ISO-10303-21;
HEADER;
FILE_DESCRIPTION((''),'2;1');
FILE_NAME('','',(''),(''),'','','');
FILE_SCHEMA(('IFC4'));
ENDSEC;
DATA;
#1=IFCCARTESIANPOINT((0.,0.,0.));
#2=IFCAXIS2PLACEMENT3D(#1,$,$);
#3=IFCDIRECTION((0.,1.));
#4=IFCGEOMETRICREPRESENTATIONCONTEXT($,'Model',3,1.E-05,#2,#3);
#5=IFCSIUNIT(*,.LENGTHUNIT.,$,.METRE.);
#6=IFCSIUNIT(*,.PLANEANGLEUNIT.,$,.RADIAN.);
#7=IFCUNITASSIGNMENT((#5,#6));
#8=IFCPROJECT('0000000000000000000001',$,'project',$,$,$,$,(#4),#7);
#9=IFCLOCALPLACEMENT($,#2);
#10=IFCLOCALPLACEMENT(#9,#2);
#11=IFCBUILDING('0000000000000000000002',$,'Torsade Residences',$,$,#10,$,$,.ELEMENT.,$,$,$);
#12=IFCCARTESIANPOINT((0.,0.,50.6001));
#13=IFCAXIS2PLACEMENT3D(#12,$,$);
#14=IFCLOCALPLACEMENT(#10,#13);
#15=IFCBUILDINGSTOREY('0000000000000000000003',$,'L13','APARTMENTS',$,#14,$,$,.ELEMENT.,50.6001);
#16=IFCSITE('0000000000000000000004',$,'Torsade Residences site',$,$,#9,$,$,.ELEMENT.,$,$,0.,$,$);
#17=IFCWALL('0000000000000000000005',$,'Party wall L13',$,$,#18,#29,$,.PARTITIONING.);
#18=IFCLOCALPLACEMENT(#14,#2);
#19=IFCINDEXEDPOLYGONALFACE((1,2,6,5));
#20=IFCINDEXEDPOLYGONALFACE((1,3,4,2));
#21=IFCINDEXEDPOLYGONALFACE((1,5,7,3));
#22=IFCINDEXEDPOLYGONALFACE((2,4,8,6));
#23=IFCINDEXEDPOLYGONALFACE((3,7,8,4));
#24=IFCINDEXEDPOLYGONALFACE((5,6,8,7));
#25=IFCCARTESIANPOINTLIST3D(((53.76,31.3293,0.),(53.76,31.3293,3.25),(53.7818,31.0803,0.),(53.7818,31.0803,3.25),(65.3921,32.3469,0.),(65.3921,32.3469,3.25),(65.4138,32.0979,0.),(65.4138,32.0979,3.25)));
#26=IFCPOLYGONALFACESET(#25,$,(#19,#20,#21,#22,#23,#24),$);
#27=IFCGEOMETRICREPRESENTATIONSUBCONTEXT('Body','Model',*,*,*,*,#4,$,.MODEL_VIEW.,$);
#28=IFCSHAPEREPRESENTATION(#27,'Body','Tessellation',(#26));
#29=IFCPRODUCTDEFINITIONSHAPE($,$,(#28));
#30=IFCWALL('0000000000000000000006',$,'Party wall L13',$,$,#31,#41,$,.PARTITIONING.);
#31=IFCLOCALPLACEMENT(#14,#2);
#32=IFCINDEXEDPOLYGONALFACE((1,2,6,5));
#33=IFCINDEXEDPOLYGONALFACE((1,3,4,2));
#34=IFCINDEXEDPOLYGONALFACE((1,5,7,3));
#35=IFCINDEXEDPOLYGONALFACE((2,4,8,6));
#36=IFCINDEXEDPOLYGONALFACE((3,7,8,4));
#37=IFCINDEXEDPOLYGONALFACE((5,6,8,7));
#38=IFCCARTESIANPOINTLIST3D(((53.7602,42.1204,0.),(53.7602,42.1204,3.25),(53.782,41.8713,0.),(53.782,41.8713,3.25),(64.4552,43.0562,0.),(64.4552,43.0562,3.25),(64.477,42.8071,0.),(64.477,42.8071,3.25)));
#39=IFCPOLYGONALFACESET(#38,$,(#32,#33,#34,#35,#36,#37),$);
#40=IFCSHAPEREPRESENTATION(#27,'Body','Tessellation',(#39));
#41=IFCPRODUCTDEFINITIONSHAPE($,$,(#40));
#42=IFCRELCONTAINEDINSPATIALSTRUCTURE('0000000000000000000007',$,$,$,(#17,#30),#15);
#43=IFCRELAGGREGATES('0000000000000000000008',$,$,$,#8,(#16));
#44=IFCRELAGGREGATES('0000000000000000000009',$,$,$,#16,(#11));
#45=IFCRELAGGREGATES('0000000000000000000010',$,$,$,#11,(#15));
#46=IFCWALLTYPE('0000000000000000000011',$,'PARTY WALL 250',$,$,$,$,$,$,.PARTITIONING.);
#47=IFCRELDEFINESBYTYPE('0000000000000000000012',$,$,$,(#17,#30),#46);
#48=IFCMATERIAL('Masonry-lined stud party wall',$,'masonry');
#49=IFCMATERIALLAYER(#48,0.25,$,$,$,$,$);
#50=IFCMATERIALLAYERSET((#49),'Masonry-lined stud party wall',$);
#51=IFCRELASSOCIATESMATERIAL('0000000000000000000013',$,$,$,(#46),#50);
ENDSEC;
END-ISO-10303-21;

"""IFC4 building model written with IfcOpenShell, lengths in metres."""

from ifc_helpers import new_model, si_unit, direction, frame, frame_2d, origin, place, context, subcontext, project, spatial, rectangle, extrude, material, layer, layer_set, type_object, element, save


model = new_model("IFC4")

# Units and contexts
model_context = context("Model", 3, precision=1e-05, world=origin(), true_north=direction((0.0, 1.0)))
body_context = subcontext(model_context, "Body", "Model", "MODEL_VIEW")
ifc_project = project(units=[si_unit("LENGTHUNIT", "METRE"), si_unit("PLANEANGLEUNIT", "RADIAN")], contexts=[model_context])

# Site, building, storey
site_placement = place(None, origin())
site = spatial("IfcSite", under=ifc_project, at=site_placement, Name="Torsade Residences site", CompositionType="ELEMENT", RefElevation=0.0)
building_placement = place(site_placement, origin())
building = spatial("IfcBuilding", under=site, at=building_placement, Name="Torsade Residences", CompositionType="ELEMENT")
storey_placement = place(building_placement, frame((0.0, 0.0, 50.6001)))
storey = spatial("IfcBuildingStorey", under=building, at=storey_placement, Name="L13", Description="APARTMENTS", CompositionType="ELEMENT", Elevation=50.6001)

# Walls
ifc_material_1 = material(Name="Masonry-lined stud party wall", Category="masonry")
ifc_layer_1 = layer(ifc_material_1, 0.25)
ifc_layer_set_1 = layer_set([ifc_layer_1], Name="Masonry-lined stud party wall")
wall_type_1 = type_object("IfcWallType", Name="PARTY WALL 250", PredefinedType="PARTITIONING", material=ifc_layer_set_1)
wall_1_placement = place(storey_placement, frame((65.4031, 32.2224, 0.0), z_axis=(0.0, 0.0, 1.0), x_axis=(-0.996195, -0.087147, 0.0)))
element("IfcWall", 1, at=wall_1_placement, inside=storey, type_object=wall_type_1, Name="Party wall L13", PredefinedType="PARTITIONING", context=body_context, shape_type="SweptSolid", body=[
    extrude(rectangle(XDim=11.6765, YDim=0.25, at=frame_2d((5.8384, 0.0))), origin(), (0.0, 0.0, 1.0), 3.25),
])
wall_2_placement = place(storey_placement, frame((64.4661, 42.9316, 0.0), z_axis=(0.0, 0.0, 1.0), x_axis=(-0.996194, -0.087164, 0.0)))
element("IfcWall", 2, at=wall_2_placement, inside=storey, type_object=wall_type_1, Name="Party wall L13", PredefinedType="PARTITIONING", context=body_context, shape_type="SweptSolid", body=[
    extrude(rectangle(XDim=10.7358, YDim=0.25, at=frame_2d((5.3679, 0.0))), origin(), (0.0, 0.0, 1.0), 3.25),
])

save(model, "model.ifc")
